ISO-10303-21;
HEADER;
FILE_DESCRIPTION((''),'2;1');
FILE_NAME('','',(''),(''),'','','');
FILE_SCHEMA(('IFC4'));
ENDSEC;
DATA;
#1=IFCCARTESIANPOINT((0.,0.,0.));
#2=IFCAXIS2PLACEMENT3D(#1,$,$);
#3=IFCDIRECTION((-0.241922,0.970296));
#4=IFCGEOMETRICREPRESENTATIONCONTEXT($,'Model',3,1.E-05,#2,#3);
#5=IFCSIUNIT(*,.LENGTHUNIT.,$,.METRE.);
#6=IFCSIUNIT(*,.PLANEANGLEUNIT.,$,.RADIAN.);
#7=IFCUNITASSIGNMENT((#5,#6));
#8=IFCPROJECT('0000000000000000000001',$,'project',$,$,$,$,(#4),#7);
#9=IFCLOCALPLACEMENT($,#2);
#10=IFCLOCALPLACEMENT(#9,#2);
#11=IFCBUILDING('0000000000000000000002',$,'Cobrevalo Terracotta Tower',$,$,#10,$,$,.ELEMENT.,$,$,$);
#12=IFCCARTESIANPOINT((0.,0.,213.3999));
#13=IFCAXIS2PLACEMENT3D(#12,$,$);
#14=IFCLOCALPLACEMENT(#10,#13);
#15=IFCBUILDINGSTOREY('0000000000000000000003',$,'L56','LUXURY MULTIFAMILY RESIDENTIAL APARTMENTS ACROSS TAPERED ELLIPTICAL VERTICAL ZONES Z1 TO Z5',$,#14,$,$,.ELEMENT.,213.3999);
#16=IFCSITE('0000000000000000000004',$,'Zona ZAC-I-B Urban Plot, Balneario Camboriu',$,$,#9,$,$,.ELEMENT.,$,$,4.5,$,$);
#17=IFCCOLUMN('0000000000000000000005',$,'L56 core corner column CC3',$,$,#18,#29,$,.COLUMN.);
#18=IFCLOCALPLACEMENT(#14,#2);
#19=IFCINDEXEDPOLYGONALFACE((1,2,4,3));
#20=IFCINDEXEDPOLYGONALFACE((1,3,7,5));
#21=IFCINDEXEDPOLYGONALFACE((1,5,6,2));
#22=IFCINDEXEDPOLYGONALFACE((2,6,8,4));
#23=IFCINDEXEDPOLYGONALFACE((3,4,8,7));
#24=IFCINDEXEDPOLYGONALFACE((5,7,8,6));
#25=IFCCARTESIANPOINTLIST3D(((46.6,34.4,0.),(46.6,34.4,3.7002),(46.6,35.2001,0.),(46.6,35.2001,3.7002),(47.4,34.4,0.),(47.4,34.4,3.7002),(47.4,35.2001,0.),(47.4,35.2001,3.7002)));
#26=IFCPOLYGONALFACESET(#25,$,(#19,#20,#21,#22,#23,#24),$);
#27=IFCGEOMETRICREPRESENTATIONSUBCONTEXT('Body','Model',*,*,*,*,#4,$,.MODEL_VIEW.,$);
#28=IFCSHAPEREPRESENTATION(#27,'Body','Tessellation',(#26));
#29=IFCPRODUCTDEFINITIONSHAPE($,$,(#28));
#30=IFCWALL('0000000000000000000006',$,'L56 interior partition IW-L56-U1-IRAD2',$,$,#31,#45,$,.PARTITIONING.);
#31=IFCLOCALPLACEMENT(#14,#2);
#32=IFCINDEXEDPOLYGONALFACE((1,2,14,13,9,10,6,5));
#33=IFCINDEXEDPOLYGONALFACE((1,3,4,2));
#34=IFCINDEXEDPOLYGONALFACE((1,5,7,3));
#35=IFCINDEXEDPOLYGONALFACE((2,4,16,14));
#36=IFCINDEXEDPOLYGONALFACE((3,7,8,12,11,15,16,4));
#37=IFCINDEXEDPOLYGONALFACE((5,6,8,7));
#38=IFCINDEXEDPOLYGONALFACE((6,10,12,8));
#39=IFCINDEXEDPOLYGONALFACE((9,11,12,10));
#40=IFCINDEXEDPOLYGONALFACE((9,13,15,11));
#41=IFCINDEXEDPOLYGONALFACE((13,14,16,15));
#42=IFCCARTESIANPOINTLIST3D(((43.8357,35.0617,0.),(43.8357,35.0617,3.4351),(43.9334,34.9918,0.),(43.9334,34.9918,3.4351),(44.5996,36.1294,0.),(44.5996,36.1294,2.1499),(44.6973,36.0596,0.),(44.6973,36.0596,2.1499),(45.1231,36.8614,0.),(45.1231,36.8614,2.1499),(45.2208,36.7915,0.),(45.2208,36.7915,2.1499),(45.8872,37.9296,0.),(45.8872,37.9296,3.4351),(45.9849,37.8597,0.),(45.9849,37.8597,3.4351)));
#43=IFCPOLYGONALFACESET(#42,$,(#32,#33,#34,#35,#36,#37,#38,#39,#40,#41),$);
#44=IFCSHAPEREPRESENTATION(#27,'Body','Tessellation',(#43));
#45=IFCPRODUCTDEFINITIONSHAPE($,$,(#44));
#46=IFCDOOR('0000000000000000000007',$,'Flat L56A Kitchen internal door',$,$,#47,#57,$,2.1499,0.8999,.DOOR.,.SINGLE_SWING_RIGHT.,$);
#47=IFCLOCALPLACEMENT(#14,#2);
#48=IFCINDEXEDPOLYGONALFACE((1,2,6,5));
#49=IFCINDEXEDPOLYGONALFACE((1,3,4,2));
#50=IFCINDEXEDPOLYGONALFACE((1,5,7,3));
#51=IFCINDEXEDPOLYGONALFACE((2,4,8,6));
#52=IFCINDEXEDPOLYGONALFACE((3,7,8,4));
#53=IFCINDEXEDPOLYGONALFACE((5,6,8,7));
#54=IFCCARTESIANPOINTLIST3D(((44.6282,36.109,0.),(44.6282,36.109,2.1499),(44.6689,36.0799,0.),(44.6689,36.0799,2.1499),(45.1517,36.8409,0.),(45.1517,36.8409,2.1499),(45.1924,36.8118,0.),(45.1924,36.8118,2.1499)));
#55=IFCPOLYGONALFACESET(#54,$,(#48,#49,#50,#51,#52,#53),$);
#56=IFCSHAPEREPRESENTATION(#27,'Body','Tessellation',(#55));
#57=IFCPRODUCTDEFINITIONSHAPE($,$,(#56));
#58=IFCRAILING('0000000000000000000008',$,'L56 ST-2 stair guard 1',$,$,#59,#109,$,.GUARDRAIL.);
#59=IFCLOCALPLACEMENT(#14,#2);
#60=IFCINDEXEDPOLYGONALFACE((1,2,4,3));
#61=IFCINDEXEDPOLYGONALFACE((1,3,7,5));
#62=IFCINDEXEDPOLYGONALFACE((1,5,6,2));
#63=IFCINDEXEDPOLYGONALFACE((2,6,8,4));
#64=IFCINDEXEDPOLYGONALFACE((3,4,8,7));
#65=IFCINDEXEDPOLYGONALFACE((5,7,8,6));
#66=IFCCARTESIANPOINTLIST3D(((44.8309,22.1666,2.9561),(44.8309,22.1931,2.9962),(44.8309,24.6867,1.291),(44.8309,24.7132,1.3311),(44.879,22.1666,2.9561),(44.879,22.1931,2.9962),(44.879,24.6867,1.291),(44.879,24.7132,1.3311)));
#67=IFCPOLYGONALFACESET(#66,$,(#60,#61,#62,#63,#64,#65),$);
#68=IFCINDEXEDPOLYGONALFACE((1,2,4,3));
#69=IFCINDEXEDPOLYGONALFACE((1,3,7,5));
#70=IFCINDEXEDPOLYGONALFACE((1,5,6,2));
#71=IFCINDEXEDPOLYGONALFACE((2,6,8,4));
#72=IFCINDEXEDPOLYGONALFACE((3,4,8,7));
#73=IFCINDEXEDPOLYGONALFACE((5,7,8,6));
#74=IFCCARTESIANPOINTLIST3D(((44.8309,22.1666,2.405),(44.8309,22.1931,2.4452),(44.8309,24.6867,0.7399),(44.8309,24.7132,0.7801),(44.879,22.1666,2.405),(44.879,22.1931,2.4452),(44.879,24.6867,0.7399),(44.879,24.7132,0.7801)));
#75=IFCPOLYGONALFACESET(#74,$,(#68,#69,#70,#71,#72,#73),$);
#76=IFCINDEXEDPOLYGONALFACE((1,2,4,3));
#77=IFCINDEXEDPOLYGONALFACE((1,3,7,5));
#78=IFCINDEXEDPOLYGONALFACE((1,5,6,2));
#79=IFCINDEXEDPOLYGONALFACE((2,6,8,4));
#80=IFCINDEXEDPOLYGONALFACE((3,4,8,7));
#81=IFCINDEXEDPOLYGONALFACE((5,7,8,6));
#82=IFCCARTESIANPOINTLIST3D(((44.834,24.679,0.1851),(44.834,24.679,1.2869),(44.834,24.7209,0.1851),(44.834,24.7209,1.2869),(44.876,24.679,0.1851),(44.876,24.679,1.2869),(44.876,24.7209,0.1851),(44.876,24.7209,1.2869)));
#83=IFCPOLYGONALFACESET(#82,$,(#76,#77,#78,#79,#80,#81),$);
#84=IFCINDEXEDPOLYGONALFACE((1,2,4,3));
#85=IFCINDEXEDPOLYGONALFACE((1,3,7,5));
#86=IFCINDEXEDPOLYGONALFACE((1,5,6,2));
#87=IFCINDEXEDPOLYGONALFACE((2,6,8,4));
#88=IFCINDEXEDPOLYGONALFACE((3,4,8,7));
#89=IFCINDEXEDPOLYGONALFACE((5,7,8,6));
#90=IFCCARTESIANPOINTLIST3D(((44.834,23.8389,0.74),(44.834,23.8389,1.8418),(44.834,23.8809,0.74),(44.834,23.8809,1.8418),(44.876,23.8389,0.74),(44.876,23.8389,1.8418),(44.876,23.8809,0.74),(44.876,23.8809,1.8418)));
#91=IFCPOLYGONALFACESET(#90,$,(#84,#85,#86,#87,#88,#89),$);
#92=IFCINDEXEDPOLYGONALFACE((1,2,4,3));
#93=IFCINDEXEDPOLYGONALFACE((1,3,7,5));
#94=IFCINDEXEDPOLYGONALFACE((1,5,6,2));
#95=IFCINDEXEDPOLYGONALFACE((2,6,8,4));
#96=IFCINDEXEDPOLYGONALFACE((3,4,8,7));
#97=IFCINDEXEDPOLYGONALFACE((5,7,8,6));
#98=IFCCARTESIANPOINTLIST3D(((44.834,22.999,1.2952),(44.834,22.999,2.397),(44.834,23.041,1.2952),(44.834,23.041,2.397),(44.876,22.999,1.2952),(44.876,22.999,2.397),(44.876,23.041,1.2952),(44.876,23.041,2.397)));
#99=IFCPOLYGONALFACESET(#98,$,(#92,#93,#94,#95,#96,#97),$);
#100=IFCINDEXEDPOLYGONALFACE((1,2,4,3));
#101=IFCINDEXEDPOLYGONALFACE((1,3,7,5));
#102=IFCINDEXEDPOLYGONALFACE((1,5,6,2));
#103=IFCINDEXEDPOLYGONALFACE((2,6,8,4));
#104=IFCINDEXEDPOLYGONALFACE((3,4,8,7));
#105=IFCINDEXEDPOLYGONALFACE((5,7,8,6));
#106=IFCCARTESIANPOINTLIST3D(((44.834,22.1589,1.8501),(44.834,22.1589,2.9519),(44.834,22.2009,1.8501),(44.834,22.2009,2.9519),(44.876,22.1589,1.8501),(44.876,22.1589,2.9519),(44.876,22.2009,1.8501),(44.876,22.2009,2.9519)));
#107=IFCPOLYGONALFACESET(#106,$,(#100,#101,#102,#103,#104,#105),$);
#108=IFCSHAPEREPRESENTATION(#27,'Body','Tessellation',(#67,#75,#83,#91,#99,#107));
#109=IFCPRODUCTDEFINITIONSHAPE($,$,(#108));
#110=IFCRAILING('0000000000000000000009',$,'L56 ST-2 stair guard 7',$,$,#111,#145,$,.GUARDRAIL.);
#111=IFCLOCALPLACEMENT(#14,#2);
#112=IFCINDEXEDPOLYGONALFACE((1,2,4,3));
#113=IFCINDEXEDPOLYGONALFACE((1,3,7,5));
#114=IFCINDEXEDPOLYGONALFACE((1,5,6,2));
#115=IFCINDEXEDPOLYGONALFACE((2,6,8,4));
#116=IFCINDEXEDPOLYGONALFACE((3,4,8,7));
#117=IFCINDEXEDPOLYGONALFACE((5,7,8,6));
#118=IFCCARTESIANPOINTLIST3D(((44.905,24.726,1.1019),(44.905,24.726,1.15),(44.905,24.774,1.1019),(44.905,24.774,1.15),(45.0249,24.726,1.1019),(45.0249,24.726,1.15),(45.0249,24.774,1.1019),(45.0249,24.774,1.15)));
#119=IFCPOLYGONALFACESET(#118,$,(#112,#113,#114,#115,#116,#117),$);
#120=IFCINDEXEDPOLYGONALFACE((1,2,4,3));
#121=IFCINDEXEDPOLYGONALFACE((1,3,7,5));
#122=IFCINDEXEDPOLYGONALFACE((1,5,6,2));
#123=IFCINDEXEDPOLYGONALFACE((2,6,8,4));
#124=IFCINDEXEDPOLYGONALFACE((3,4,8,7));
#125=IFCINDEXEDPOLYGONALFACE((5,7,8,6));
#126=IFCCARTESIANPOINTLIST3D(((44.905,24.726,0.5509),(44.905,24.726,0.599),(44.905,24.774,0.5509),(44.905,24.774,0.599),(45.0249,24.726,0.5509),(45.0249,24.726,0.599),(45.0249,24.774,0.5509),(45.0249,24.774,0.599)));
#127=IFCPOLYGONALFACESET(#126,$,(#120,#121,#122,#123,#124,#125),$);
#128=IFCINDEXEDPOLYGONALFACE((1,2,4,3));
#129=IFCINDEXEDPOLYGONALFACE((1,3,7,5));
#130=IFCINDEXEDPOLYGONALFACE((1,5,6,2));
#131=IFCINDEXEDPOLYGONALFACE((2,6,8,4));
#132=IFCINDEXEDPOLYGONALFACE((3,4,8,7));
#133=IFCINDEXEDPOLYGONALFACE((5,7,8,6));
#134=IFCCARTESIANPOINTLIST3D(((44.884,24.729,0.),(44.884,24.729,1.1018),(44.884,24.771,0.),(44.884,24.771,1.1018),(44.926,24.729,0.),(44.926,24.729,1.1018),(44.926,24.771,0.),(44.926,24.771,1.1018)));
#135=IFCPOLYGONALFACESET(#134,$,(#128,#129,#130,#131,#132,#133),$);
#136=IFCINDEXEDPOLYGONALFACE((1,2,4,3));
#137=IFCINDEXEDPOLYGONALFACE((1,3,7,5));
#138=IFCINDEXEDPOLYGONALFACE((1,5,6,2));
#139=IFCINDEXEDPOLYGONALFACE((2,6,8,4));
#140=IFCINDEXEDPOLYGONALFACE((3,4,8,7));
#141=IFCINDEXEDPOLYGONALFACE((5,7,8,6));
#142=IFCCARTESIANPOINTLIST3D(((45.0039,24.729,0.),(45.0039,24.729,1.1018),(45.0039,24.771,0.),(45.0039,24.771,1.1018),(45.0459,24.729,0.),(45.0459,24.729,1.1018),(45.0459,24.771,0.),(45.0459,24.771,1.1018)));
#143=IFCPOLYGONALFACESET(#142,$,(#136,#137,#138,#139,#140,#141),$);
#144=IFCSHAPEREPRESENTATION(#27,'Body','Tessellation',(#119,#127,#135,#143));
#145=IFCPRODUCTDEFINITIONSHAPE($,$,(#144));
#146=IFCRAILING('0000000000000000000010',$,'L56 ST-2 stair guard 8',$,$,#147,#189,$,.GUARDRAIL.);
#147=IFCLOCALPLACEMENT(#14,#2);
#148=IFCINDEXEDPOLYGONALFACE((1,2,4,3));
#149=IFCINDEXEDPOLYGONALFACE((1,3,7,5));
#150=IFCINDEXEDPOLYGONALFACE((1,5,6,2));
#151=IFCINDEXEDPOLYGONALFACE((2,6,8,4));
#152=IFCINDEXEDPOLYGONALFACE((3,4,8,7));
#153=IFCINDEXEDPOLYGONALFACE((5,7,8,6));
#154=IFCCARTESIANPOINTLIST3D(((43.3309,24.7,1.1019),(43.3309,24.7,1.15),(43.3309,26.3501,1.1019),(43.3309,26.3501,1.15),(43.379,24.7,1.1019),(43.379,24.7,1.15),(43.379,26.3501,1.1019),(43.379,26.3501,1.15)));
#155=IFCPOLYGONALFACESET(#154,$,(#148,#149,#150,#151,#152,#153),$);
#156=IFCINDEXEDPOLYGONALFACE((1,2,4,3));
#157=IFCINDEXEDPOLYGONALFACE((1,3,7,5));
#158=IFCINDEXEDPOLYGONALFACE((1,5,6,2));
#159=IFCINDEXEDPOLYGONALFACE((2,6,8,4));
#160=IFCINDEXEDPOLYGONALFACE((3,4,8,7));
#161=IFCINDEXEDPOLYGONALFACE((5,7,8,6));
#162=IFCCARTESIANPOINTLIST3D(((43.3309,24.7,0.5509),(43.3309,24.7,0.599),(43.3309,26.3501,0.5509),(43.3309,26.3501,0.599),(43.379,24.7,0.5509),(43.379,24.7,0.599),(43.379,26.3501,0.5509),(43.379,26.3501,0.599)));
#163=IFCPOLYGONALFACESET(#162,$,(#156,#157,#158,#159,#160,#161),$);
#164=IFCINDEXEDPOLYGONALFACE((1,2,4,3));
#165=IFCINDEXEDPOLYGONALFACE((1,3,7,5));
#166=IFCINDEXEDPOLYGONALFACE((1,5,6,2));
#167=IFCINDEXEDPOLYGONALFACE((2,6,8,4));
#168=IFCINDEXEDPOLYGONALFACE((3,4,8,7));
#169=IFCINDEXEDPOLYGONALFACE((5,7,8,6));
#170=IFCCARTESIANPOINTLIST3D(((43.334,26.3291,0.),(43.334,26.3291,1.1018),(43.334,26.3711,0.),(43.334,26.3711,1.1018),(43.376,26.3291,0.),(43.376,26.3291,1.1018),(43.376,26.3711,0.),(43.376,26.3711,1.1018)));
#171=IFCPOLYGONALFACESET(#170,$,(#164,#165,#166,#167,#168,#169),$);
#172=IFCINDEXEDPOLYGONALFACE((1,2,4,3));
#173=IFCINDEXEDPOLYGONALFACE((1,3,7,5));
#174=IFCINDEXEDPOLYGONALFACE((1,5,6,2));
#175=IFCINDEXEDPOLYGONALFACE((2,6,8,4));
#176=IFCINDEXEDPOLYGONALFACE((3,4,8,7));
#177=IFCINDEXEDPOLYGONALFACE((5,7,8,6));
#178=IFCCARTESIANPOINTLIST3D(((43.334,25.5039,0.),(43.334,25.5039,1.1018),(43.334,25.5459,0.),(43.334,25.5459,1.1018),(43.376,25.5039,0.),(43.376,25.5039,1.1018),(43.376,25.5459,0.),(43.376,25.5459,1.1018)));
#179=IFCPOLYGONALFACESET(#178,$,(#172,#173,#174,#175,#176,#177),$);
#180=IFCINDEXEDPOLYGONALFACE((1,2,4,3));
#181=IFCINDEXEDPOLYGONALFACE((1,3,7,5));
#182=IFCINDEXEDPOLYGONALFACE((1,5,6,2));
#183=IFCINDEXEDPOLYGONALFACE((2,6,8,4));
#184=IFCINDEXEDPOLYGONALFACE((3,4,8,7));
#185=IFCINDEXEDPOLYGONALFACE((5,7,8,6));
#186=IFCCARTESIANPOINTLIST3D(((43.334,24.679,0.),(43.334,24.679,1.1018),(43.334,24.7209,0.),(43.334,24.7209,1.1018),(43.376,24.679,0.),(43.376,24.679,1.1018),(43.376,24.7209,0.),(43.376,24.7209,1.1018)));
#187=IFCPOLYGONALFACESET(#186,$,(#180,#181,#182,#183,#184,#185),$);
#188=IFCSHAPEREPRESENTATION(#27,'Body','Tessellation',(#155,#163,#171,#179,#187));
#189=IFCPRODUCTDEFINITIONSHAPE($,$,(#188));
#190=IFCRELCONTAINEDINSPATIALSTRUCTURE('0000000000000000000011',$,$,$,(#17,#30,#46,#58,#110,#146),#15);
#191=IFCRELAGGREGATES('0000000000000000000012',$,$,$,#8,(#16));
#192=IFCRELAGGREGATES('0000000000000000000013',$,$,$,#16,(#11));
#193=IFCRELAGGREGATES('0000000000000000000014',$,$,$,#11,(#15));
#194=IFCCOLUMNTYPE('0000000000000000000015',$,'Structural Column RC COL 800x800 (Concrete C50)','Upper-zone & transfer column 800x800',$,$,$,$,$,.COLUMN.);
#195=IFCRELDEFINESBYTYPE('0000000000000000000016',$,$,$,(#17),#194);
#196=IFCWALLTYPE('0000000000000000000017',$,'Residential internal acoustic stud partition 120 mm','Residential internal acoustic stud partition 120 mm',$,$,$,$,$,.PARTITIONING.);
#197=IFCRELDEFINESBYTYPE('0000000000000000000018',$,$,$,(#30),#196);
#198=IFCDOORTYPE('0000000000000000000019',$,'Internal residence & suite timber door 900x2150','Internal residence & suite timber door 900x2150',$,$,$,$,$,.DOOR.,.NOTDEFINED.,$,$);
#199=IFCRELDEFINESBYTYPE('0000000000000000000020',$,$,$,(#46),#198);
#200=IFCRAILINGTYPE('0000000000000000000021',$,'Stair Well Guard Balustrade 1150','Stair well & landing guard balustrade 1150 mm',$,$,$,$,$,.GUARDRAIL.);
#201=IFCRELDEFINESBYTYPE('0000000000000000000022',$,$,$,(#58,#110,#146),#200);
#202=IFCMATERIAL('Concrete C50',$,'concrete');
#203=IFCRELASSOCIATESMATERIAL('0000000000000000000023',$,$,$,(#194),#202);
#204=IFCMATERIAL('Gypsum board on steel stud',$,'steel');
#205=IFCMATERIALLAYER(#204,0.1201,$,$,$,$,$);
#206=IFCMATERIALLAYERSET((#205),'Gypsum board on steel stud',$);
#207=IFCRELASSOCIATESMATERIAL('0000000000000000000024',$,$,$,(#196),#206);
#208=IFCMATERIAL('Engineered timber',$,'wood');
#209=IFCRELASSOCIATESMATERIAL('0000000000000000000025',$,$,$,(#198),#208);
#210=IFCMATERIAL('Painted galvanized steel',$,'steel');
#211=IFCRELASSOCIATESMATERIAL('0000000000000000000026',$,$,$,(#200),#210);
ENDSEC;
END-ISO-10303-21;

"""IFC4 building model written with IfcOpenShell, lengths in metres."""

from ifc_helpers import new_model, si_unit, direction, frame, frame_2d, origin, origin_2d, place, context, subcontext, project, spatial, rectangle, extrude, source, transform, mapped, material, layer, layer_set, material_profile, profile_set, type_object, element, fill, save


model = new_model("IFC4")

# Units and contexts
model_context = context("Model", 3, precision=1e-05, world=origin(), true_north=direction((-0.241922, 0.970296)))
body_context = subcontext(model_context, "Body", "Model", "MODEL_VIEW")
ifc_project = project(units=[si_unit("LENGTHUNIT", "METRE"), si_unit("PLANEANGLEUNIT", "RADIAN")], contexts=[model_context])

# Site, building, storey
site_placement = place(None, origin())
site = spatial("IfcSite", under=ifc_project, at=site_placement, Name="Zona ZAC-I-B Urban Plot, Balneario Camboriu", CompositionType="ELEMENT", RefElevation=4.5)
building_placement = place(site_placement, origin())
building = spatial("IfcBuilding", under=site, at=building_placement, Name="Cobrevalo Terracotta Tower", CompositionType="ELEMENT")
storey_placement = place(building_placement, frame((0.0, 0.0, 213.3999)))
storey = spatial("IfcBuildingStorey", under=building, at=storey_placement, Name="L56", Description="LUXURY MULTIFAMILY RESIDENTIAL APARTMENTS ACROSS TAPERED ELLIPTICAL VERTICAL ZONES Z1 TO Z5", CompositionType="ELEMENT", Elevation=213.3999)

# Column
ifc_material_1 = material(Name="Concrete C50", Category="concrete")
ifc_material_profile = material_profile(ifc_material_1, rectangle(XDim=0.8, YDim=0.8, at=origin_2d()), Name="RC COL 800x800")
ifc_profile_set = profile_set([ifc_material_profile], Name="Concrete C50")
column_type = type_object("IfcColumnType", Name="Structural Column RC COL 800x800 (Concrete C50)", Description="Upper-zone & transfer column 800x800", PredefinedType="COLUMN", material=ifc_profile_set)
column_placement = place(storey_placement, frame((47.0, 34.8, 0.0), z_axis=(0.0, 0.0, 1.0), x_axis=(1.0, 0.0, 0.0)))
element("IfcColumn", 1, at=column_placement, inside=storey, type_object=column_type, Name="L56 core corner column CC3", PredefinedType="COLUMN", context=body_context, shape_type="SweptSolid", body=[
    extrude(rectangle(XDim=0.8, YDim=0.8, at=origin_2d()), origin(), (0.0, 0.0, 1.0), 3.7002),
])

# Wall, opening, door
ifc_material_2 = material(Name="Gypsum board on steel stud", Category="steel")
ifc_layer_1 = layer(ifc_material_2, 0.1201)
ifc_layer_set_1 = layer_set([ifc_layer_1], Name="Gypsum board on steel stud")
wall_type_1 = type_object("IfcWallType", Name="Residential internal acoustic stud partition 120 mm", Description="Residential internal acoustic stud partition 120 mm", PredefinedType="PARTITIONING", material=ifc_layer_set_1)
wall_1_placement = place(storey_placement, frame((43.8845, 35.0266, 0.0), z_axis=(0.0, 0.0, 1.0), x_axis=(0.581801, 0.813331, 0.0)))
wall_1 = element("IfcWall", 2, at=wall_1_placement, inside=storey, type_object=wall_type_1, Name="L56 interior partition IW-L56-U1-IRAD2", PredefinedType="PARTITIONING", context=body_context, shape_type="SweptSolid", body=[
    extrude(rectangle(XDim=3.5261, YDim=0.1201, at=frame_2d((1.7632, 0.0))), origin(), (0.0, 0.0, 1.0), 3.4351),
])
opening_1_placement = place(wall_1_placement, frame((1.313, 0.0, 0.0)))
opening_1 = element("IfcOpeningElement", 3, at=opening_1_placement, cuts=wall_1, PredefinedType="OPENING", context=body_context, shape_type="SweptSolid", body=[
    extrude(rectangle(XDim=0.8999, YDim=2.1499, at=frame_2d((0.45, 1.075))), frame((0.0, 0.0701, 0.0), z_axis=(0.0, -1.0, 0.0), x_axis=(1.0, 0.0, 0.0)), (0.0, 0.0, 1.0), 0.1401),
])
ifc_material_3 = material(Name="Engineered timber", Category="wood")
door_type_1 = type_object("IfcDoorType", Name="Internal residence & suite timber door 900x2150", Description="Internal residence & suite timber door 900x2150", OperationType="NOTDEFINED", PredefinedType="DOOR", material=ifc_material_3)
shared_shape_1 = source(origin(), body_context, "Body", "SweptSolid", [
    extrude(rectangle(XDim=0.8999, YDim=2.1499, at=frame_2d((0.45, 1.075))), frame((0.0, 0.0249, 0.0), z_axis=(0.0, -1.0, 0.0), x_axis=(1.0, 0.0, 0.0)), (0.0, 0.0, 1.0), 0.05),
])
door_1_placement = place(opening_1_placement, origin())
door_1 = element("IfcDoor", 4, at=door_1_placement, inside=storey, type_object=door_type_1, Name="Flat L56A Kitchen internal door", OperationType="SINGLE_SWING_RIGHT", OverallHeight=2.1499, OverallWidth=0.8999, PredefinedType="DOOR", context=body_context, shape_type="MappedRepresentation", body=[
    mapped(shared_shape_1, transform((0.0, 0.0, 0.0), scale=1.0)),
])
fill(opening_1, door_1)

# Railings
ifc_material_4 = material(Name="Painted galvanized steel", Category="steel")
railing_type = type_object("IfcRailingType", Name="Stair Well Guard Balustrade 1150", Description="Stair well & landing guard balustrade 1150 mm", PredefinedType="GUARDRAIL", material=ifc_material_4)
railing_1_placement = place(storey_placement, frame((44.855, 24.7, 0.1851)))
element("IfcRailing", 5, at=railing_1_placement, inside=storey, type_object=railing_type, Name="L56 ST-2 stair guard 1", PredefinedType="GUARDRAIL", context=body_context, shape_type="SweptSolid", body=[
    extrude(rectangle(XDim=0.0481, YDim=0.0481, at=origin_2d()), frame((0.0, 0.0, 1.126), z_axis=(0.0, -0.834331, 0.551263), x_axis=(1.0, 0.0, 0.0)), (0.0, 0.0, 1.0), 3.0205),
    extrude(rectangle(XDim=0.0481, YDim=0.0481, at=origin_2d()), frame((0.0, 0.0, 0.575), z_axis=(0.0, -0.834331, 0.551263), x_axis=(1.0, 0.0, 0.0)), (0.0, 0.0, 1.0), 3.0205),
    extrude(rectangle(XDim=0.042, YDim=0.042, at=origin_2d()), origin(), (0.0, 0.0, 1.0), 1.1018),
    extrude(rectangle(XDim=0.042, YDim=0.042, at=origin_2d()), frame((0.0, -0.8401, 0.5549)), (0.0, 0.0, 1.0), 1.1018),
    extrude(rectangle(XDim=0.042, YDim=0.042, at=origin_2d()), frame((0.0, -1.6799, 1.1101)), (0.0, 0.0, 1.0), 1.1018),
    extrude(rectangle(XDim=0.042, YDim=0.042, at=origin_2d()), frame((0.0, -2.52, 1.665)), (0.0, 0.0, 1.0), 1.1018),
])
railing_2_placement = place(storey_placement, frame((44.905, 24.75, 0.0)))
element("IfcRailing", 6, at=railing_2_placement, inside=storey, type_object=railing_type, Name="L56 ST-2 stair guard 7", PredefinedType="GUARDRAIL", context=body_context, shape_type="SweptSolid", body=[
    extrude(rectangle(XDim=0.0481, YDim=0.0481, at=origin_2d()), frame((0.0, 0.0, 1.126), z_axis=(1.0, 0.0, 0.0), x_axis=(0.0, 1.0, 0.0)), (0.0, 0.0, 1.0), 0.1199),
    extrude(rectangle(XDim=0.0481, YDim=0.0481, at=origin_2d()), frame((0.0, 0.0, 0.575), z_axis=(1.0, 0.0, 0.0), x_axis=(0.0, 1.0, 0.0)), (0.0, 0.0, 1.0), 0.1199),
    extrude(rectangle(XDim=0.042, YDim=0.042, at=origin_2d()), origin(), (0.0, 0.0, 1.0), 1.1018),
    extrude(rectangle(XDim=0.042, YDim=0.042, at=origin_2d()), frame((0.1199, 0.0, 0.0)), (0.0, 0.0, 1.0), 1.1018),
])
for number, where, name in (
    (7, (43.355, 26.3501, 0.0), "L56 ST-2 stair guard 8"),
):
    element("IfcRailing", number, at=place(storey_placement, frame(where)), inside=storey, type_object=railing_type, Name=name, PredefinedType="GUARDRAIL", context=body_context, shape_type="SweptSolid", body=[
        extrude(rectangle(XDim=0.0481, YDim=0.0481, at=origin_2d()), frame((0.0, 0.0, 1.126), z_axis=(0.0, -1.0, 0.0), x_axis=(1.0, 0.0, 0.0)), (0.0, 0.0, 1.0), 1.6501),
        extrude(rectangle(XDim=0.0481, YDim=0.0481, at=origin_2d()), frame((0.0, 0.0, 0.575), z_axis=(0.0, -1.0, 0.0), x_axis=(1.0, 0.0, 0.0)), (0.0, 0.0, 1.0), 1.6501),
        extrude(rectangle(XDim=0.042, YDim=0.042, at=origin_2d()), origin(), (0.0, 0.0, 1.0), 1.1018),
        extrude(rectangle(XDim=0.042, YDim=0.042, at=origin_2d()), frame((0.0, -0.8252, 0.0)), (0.0, 0.0, 1.0), 1.1018),
        extrude(rectangle(XDim=0.042, YDim=0.042, at=origin_2d()), frame((0.0, -1.6501, 0.0)), (0.0, 0.0, 1.0), 1.1018),
    ])

save(model, "model.ifc")
